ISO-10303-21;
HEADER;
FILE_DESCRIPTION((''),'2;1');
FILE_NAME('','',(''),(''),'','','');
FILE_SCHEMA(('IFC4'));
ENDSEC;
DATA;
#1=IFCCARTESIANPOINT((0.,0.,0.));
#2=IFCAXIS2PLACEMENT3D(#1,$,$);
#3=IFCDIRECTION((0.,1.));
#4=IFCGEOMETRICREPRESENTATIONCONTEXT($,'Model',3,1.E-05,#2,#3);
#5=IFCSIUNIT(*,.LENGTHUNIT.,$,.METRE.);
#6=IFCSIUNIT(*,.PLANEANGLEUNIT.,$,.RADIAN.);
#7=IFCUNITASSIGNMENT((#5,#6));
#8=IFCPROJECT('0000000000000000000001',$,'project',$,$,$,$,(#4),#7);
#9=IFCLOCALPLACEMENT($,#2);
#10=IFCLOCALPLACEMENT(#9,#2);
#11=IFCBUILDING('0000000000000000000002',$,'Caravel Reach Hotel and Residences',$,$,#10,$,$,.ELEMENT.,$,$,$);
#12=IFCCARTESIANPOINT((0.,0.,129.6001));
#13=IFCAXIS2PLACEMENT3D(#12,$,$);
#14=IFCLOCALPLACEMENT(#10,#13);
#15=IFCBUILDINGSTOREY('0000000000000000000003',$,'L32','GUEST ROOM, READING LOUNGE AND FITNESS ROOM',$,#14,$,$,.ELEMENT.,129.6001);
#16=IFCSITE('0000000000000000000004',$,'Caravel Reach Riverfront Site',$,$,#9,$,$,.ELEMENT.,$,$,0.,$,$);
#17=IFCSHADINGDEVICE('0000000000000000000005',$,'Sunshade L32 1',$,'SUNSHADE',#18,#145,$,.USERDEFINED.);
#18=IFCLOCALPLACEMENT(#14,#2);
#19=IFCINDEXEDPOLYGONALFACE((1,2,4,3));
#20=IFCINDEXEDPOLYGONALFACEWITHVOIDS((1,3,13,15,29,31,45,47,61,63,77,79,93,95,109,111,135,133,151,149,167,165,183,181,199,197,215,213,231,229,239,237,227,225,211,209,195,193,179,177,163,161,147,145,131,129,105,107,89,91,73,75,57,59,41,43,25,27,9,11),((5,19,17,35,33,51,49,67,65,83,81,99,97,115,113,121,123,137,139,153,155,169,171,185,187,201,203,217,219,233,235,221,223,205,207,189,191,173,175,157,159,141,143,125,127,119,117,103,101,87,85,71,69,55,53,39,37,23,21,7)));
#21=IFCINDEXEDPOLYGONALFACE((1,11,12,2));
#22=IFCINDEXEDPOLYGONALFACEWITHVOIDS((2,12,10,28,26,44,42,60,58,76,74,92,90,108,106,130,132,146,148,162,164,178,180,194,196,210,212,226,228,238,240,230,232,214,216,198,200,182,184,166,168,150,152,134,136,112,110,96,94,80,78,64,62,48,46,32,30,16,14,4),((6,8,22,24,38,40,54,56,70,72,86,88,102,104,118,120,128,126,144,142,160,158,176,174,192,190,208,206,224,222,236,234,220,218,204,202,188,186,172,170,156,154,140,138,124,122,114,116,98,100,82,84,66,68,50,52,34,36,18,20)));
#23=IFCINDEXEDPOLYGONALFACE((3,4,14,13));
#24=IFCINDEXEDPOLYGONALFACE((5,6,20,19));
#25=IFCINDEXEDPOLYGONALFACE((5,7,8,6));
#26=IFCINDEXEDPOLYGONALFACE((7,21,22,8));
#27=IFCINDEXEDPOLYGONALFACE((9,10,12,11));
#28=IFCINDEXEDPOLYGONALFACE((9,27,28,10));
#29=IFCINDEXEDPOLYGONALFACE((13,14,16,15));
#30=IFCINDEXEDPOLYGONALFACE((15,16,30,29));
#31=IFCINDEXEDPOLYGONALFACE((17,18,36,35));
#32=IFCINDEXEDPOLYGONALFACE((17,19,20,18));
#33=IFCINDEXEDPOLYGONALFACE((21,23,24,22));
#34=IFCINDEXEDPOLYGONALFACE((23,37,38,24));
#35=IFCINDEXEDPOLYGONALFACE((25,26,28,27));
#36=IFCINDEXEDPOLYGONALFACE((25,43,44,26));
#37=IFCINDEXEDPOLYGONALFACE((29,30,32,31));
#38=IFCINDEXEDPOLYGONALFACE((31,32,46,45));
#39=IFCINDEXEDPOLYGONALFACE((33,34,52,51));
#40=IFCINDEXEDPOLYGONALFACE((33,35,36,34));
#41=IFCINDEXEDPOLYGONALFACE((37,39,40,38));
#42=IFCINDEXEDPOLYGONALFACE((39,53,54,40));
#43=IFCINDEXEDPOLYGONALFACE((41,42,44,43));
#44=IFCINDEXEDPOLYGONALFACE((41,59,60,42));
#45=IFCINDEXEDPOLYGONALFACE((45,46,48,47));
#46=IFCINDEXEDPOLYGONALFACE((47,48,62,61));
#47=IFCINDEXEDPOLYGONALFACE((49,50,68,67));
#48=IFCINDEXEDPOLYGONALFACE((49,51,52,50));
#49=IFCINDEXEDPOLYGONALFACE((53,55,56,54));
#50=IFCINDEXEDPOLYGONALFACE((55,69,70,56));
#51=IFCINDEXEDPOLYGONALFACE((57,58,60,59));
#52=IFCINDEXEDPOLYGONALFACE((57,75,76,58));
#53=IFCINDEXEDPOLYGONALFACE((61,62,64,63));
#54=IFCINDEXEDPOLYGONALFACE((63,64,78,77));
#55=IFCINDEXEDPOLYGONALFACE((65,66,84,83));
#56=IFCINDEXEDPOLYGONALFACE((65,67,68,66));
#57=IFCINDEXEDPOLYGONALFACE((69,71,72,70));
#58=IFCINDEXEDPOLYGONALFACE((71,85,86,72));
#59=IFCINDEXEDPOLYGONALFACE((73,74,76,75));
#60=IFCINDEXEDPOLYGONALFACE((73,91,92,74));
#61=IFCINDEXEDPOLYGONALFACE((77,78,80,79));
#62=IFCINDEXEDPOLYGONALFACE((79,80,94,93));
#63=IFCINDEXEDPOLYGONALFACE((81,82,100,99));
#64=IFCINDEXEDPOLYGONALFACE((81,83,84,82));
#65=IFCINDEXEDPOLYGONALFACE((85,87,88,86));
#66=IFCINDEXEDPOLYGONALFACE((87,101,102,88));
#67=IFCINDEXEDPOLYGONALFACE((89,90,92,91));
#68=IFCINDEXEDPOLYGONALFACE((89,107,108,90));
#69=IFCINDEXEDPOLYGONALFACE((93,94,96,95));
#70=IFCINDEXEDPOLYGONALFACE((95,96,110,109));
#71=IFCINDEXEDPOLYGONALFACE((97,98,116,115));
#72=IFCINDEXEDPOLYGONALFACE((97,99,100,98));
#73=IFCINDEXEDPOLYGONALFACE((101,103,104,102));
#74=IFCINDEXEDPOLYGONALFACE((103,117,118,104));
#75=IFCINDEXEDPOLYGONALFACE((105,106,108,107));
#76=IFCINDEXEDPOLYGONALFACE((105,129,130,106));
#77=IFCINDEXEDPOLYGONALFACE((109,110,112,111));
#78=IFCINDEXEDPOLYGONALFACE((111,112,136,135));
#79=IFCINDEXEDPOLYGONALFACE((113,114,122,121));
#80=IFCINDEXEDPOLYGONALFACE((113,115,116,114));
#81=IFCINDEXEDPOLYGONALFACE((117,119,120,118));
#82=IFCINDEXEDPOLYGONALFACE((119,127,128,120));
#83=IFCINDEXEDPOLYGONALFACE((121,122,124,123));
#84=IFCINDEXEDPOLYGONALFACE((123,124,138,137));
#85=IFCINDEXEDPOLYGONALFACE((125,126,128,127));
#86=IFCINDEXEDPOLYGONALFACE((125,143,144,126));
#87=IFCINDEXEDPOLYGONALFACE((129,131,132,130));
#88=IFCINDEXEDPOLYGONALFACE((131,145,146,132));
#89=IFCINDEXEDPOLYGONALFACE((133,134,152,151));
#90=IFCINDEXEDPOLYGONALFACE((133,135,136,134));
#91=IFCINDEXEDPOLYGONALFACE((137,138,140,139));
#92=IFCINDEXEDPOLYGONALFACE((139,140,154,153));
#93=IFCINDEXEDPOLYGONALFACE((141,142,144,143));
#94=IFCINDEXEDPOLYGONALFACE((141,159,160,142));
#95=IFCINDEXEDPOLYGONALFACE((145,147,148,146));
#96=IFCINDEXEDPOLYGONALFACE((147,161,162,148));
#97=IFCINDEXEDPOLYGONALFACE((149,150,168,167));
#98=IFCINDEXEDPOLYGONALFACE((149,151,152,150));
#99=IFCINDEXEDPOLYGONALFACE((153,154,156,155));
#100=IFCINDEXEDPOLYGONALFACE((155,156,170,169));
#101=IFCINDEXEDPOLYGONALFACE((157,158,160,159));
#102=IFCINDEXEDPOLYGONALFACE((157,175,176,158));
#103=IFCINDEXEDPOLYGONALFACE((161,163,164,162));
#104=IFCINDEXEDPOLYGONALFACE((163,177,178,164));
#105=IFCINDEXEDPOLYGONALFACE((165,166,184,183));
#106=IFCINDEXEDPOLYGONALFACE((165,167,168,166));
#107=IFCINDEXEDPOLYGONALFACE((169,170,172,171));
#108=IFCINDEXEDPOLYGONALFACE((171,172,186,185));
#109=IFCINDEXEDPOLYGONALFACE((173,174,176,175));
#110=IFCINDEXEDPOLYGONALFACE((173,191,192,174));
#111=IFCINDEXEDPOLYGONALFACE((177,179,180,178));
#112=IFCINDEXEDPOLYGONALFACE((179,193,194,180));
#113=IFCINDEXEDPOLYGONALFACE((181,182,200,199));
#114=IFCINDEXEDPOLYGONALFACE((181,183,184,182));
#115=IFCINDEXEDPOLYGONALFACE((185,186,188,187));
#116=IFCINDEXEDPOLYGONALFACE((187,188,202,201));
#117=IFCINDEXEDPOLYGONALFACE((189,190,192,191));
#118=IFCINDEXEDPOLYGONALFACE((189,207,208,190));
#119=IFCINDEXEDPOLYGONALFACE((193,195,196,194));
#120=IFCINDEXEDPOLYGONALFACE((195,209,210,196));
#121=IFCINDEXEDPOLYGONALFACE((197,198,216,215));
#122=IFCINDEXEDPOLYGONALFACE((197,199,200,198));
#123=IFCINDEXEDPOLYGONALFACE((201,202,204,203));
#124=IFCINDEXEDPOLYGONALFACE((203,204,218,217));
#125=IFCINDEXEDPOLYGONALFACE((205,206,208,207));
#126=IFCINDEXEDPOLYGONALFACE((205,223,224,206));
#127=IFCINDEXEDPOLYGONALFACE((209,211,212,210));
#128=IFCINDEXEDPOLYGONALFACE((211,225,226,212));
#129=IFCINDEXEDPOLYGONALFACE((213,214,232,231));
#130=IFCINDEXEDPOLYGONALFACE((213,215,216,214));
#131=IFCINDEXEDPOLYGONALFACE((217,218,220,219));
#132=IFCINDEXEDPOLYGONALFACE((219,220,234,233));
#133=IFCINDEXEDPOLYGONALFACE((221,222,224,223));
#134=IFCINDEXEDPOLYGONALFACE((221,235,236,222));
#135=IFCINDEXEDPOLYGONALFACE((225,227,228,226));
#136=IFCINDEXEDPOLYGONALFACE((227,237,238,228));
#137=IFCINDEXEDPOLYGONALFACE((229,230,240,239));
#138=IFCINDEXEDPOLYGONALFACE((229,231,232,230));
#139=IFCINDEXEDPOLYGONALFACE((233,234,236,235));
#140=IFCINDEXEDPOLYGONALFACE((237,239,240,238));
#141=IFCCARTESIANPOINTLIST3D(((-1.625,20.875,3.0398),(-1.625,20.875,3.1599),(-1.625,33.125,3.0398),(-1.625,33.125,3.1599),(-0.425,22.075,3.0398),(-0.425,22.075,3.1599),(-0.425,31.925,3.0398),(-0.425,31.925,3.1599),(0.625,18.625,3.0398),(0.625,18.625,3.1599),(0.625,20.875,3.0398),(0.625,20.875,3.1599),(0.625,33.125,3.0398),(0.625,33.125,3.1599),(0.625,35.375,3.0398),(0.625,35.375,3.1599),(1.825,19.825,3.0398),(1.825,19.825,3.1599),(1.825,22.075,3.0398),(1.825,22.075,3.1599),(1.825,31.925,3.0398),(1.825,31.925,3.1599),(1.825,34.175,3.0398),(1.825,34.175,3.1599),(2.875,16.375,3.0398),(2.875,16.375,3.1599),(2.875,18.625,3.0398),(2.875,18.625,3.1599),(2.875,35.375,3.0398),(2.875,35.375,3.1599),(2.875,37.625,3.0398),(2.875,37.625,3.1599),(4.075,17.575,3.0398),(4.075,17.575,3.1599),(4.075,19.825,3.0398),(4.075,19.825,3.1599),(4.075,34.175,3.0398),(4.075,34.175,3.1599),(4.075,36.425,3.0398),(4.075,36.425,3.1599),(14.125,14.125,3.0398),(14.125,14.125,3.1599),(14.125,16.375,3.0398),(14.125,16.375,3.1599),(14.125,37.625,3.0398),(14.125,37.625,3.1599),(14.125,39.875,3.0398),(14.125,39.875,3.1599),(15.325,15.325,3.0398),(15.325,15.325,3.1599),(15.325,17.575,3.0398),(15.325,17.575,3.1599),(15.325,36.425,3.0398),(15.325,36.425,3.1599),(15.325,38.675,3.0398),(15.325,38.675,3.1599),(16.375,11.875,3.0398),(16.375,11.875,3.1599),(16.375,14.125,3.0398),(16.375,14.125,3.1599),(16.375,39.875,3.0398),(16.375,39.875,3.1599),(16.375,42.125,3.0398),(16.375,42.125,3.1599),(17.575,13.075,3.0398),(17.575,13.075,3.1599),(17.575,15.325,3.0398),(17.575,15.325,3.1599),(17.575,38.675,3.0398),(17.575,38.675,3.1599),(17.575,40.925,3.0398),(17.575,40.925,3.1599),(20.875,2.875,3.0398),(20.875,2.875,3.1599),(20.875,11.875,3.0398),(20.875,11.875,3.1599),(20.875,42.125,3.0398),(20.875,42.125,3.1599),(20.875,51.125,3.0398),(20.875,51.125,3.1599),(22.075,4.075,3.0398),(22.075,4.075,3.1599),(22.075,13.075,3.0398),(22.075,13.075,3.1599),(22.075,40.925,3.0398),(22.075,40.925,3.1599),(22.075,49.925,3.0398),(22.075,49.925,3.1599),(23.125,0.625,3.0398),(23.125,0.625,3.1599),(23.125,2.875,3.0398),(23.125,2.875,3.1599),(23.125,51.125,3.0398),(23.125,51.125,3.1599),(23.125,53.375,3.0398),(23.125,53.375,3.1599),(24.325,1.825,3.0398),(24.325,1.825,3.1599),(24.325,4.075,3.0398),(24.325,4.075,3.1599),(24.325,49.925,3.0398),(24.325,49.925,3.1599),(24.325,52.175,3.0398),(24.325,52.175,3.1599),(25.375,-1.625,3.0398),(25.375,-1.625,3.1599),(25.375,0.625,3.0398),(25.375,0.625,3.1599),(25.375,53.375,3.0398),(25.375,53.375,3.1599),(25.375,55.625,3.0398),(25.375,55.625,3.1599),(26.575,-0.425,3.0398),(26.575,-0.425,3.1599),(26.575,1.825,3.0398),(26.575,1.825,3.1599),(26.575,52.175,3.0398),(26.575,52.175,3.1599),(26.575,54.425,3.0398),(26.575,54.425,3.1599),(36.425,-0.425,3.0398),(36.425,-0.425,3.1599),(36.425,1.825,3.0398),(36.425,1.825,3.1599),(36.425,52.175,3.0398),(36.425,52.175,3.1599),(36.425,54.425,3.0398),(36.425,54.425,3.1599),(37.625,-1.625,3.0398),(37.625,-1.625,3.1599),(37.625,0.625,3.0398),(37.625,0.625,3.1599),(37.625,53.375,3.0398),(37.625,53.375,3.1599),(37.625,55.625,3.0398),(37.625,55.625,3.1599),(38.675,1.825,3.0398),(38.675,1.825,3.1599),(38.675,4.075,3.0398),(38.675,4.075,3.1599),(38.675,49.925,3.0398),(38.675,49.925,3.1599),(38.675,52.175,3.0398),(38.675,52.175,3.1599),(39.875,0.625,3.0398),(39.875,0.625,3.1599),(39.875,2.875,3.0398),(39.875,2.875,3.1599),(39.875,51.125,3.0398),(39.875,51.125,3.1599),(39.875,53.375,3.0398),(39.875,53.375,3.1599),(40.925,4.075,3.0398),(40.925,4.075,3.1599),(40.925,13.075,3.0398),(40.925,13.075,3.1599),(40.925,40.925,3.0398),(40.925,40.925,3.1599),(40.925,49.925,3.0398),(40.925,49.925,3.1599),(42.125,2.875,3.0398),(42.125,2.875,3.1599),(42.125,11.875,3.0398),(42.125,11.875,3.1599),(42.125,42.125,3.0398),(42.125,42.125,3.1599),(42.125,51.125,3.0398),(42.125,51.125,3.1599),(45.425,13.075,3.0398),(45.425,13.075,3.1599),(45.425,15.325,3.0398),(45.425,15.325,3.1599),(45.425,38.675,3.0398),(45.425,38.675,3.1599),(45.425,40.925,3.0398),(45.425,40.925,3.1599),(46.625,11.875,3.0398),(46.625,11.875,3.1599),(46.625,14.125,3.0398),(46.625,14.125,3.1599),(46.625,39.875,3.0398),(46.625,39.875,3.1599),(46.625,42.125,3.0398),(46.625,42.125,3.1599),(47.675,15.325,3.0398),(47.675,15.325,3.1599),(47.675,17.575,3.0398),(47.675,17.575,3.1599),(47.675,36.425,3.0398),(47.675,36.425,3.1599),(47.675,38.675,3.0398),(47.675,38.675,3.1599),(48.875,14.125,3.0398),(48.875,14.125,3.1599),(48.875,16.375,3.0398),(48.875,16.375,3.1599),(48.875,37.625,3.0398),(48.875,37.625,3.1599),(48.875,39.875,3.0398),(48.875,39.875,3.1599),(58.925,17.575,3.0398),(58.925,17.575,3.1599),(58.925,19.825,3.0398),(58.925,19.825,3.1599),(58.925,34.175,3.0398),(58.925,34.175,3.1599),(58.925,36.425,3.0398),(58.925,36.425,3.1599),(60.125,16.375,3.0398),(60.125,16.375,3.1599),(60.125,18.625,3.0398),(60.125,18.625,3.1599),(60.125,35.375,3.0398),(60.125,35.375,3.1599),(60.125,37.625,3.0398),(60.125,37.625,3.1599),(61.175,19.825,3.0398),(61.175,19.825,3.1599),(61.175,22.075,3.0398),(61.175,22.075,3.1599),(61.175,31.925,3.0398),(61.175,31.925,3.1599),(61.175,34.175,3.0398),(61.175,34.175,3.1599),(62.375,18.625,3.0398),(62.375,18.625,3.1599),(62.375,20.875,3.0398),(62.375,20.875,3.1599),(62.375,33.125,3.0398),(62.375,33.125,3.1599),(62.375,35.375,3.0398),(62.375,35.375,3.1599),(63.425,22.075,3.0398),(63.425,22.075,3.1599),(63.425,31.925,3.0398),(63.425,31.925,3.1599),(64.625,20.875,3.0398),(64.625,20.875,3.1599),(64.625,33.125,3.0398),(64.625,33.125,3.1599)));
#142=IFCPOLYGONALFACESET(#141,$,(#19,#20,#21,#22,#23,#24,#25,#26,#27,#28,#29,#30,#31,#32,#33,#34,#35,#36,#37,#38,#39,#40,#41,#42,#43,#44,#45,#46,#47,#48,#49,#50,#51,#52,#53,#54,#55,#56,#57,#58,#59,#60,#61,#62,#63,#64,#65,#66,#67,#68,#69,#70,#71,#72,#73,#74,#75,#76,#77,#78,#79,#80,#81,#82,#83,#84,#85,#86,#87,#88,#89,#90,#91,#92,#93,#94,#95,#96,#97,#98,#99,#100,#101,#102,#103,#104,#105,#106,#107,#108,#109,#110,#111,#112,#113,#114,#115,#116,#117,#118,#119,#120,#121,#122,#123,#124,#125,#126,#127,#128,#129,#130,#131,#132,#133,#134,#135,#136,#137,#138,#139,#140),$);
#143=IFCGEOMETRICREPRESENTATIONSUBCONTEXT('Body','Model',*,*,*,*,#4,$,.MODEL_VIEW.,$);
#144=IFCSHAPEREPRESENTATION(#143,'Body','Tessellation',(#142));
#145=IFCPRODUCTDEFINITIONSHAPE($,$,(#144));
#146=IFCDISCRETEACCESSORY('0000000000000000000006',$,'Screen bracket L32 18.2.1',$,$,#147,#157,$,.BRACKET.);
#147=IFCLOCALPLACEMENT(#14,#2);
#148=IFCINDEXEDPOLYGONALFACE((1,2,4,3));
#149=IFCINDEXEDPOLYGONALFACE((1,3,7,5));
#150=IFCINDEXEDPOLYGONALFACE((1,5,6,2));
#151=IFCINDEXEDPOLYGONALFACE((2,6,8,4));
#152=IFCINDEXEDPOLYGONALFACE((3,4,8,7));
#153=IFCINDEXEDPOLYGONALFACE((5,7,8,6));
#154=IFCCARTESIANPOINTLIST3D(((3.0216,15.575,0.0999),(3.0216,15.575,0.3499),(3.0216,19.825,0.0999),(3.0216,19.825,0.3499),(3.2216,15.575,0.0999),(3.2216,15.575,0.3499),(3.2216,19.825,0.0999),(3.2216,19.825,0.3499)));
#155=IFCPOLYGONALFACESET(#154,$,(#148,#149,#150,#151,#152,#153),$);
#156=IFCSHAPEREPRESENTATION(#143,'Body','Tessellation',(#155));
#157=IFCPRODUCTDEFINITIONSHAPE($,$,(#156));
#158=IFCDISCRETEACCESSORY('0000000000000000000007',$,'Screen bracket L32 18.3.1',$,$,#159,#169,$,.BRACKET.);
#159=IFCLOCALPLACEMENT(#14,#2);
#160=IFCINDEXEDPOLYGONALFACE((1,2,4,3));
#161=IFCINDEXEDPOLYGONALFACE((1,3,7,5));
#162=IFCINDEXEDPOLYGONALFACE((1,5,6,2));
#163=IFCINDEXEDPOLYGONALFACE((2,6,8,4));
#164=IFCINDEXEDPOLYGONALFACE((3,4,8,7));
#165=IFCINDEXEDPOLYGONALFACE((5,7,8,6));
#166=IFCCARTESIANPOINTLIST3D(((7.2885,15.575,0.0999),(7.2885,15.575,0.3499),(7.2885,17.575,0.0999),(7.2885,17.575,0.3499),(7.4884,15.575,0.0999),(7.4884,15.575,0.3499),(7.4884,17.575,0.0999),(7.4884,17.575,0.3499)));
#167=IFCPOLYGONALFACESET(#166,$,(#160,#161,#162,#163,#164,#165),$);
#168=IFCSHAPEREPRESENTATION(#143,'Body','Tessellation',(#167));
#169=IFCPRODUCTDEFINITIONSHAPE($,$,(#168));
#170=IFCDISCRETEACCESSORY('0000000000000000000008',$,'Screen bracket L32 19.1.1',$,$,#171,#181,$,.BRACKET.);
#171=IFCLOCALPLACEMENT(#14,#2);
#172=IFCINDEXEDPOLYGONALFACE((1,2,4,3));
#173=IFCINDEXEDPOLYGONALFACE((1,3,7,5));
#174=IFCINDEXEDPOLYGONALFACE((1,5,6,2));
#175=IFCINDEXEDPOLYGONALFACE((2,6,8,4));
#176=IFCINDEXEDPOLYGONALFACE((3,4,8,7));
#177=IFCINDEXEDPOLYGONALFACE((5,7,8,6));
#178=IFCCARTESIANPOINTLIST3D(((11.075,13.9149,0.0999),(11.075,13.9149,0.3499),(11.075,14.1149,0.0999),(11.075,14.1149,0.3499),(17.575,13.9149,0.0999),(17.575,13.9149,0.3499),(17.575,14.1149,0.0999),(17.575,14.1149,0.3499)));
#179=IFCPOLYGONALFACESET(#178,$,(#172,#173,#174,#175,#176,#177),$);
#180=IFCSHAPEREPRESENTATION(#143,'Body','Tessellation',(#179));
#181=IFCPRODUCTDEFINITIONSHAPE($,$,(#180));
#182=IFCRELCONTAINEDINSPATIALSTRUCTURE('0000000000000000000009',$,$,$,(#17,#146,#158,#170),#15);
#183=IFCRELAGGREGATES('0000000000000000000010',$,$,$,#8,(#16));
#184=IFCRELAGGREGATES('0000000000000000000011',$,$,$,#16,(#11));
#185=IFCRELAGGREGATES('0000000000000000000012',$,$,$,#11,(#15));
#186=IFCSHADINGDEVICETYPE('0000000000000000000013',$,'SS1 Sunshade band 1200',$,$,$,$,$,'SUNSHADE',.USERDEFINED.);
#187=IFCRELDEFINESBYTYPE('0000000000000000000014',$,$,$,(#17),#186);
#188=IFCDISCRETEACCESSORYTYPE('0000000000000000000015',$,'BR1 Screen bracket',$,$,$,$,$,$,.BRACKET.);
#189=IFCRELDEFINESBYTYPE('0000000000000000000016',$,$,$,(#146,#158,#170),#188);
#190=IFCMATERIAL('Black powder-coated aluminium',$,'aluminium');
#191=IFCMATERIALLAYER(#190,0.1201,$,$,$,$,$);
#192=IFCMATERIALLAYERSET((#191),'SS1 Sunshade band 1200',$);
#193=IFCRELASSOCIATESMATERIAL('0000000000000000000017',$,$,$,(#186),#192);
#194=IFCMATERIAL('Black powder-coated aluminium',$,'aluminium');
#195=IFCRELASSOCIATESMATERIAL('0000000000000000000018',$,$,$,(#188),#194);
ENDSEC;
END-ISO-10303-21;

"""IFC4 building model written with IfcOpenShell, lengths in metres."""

from ifc_helpers import new_model, si_unit, direction, frame, origin, origin_2d, place, context, subcontext, project, spatial, polyline, rectangle, outline, extrude, material, layer, layer_set, type_object, element, save


model = new_model("IFC4")

# Units and contexts
model_context = context("Model", 3, precision=1e-05, world=origin(), true_north=direction((0.0, 1.0)))
body_context = subcontext(model_context, "Body", "Model", "MODEL_VIEW")
ifc_project = project(units=[si_unit("LENGTHUNIT", "METRE"), si_unit("PLANEANGLEUNIT", "RADIAN")], contexts=[model_context])

# Site, building, storey
site_placement = place(None, origin())
site = spatial("IfcSite", under=ifc_project, at=site_placement, Name="Caravel Reach Riverfront Site", CompositionType="ELEMENT", RefElevation=0.0)
building_placement = place(site_placement, origin())
building = spatial("IfcBuilding", under=site, at=building_placement, Name="Caravel Reach Hotel and Residences", CompositionType="ELEMENT")
storey_placement = place(building_placement, frame((0.0, 0.0, 129.6001)))
storey = spatial("IfcBuildingStorey", under=building, at=storey_placement, Name="L32", Description="GUEST ROOM, READING LOUNGE AND FITNESS ROOM", CompositionType="ELEMENT", Elevation=129.6001)

# Shading device
ifc_material_1 = material(Name="Black powder-coated aluminium", Category="aluminium")
ifc_layer_1 = layer(ifc_material_1, 0.1201)
ifc_layer_set_1 = layer_set([ifc_layer_1], Name="SS1 Sunshade band 1200")
shading_device_type_1 = type_object("IfcShadingDeviceType", Name="SS1 Sunshade band 1200", ElementType="SUNSHADE", PredefinedType="USERDEFINED", material=ifc_layer_set_1)
shading_device_1_placement = place(storey_placement, frame((0.0, 0.0, 3.0398)))
element("IfcShadingDevice", 1, at=shading_device_1_placement, inside=storey, type_object=shading_device_type_1, Name="Sunshade L32 1", ObjectType="SUNSHADE", PredefinedType="USERDEFINED", context=body_context, shape_type="SweptSolid", body=[
    extrude(outline(polyline([(20.875, 11.875), (20.875, 2.875), (23.125, 2.875), (23.125, 0.625), (25.375, 0.625), (25.375, -1.625), (37.625, -1.625), (37.625, 0.625), (39.875, 0.625), (39.875, 2.875), (42.125, 2.875), (42.125, 11.875), (46.625, 11.875), (46.625, 14.125), (48.875, 14.125), (48.875, 16.375), (60.125, 16.375), (60.125, 18.625), (62.375, 18.625), (62.375, 20.875), (64.625, 20.875), (64.625, 33.125), (62.375, 33.125), (62.375, 35.375), (60.125, 35.375), (60.125, 37.625), (48.875, 37.625), (48.875, 39.875), (46.625, 39.875), (46.625, 42.125), (42.125, 42.125), (42.125, 51.125), (39.875, 51.125), (39.875, 53.375), (37.625, 53.375), (37.625, 55.625), (25.375, 55.625), (25.375, 53.375), (23.125, 53.375), (23.125, 51.125), (20.875, 51.125), (20.875, 42.125), (16.375, 42.125), (16.375, 39.875), (14.125, 39.875), (14.125, 37.625), (2.875, 37.625), (2.875, 35.375), (0.625, 35.375), (0.625, 33.125), (-1.625, 33.125), (-1.625, 20.875), (0.625, 20.875), (0.625, 18.625), (2.875, 18.625), (2.875, 16.375), (14.125, 16.375), (14.125, 14.125), (16.375, 14.125), (16.375, 11.875), (20.875, 11.875)]), holes=[polyline([(24.325, 4.075), (22.075, 4.075), (22.075, 13.075), (17.575, 13.075), (17.575, 15.325), (15.325, 15.325), (15.325, 17.575), (4.075, 17.575), (4.075, 19.825), (1.825, 19.825), (1.825, 22.075), (-0.425, 22.075), (-0.425, 31.925), (1.825, 31.925), (1.825, 34.175), (4.075, 34.175), (4.075, 36.425), (15.325, 36.425), (15.325, 38.675), (17.575, 38.675), (17.575, 40.925), (22.075, 40.925), (22.075, 49.925), (24.325, 49.925), (24.325, 52.175), (26.575, 52.175), (26.575, 54.425), (36.425, 54.425), (36.425, 52.175), (38.675, 52.175), (38.675, 49.925), (40.925, 49.925), (40.925, 40.925), (45.425, 40.925), (45.425, 38.675), (47.675, 38.675), (47.675, 36.425), (58.925, 36.425), (58.925, 34.175), (61.175, 34.175), (61.175, 31.925), (63.425, 31.925), (63.425, 22.075), (61.175, 22.075), (61.175, 19.825), (58.925, 19.825), (58.925, 17.575), (47.675, 17.575), (47.675, 15.325), (45.425, 15.325), (45.425, 13.075), (40.925, 13.075), (40.925, 4.075), (38.675, 4.075), (38.675, 1.825), (36.425, 1.825), (36.425, -0.425), (26.575, -0.425), (26.575, 1.825), (24.325, 1.825), (24.325, 4.075)])]), origin(), (0.0, 0.0, 1.0), 0.1201),
])

# Discrete accessories
ifc_material_2 = material(Name="Black powder-coated aluminium", Category="aluminium")
discrete_accessory_type = type_object("IfcDiscreteAccessoryType", Name="BR1 Screen bracket", PredefinedType="BRACKET", material=ifc_material_2)
discrete_accessory_1_placement = place(storey_placement, frame((3.1216, 17.7, 0.0999), z_axis=(0.0, 0.0, 1.0), x_axis=(0.0, -1.0, 0.0)))
element("IfcDiscreteAccessory", 2, at=discrete_accessory_1_placement, inside=storey, type_object=discrete_accessory_type, Name="Screen bracket L32 18.2.1", PredefinedType="BRACKET", context=body_context, shape_type="SweptSolid", body=[
    extrude(rectangle(XDim=4.25, YDim=0.2, at=origin_2d()), origin(), (0.0, 0.0, 1.0), 0.25),
])
discrete_accessory_2_placement = place(storey_placement, frame((7.3884, 16.575, 0.0999), z_axis=(0.0, 0.0, 1.0), x_axis=(0.0, -1.0, 0.0)))
element("IfcDiscreteAccessory", 3, at=discrete_accessory_2_placement, inside=storey, type_object=discrete_accessory_type, Name="Screen bracket L32 18.3.1", PredefinedType="BRACKET", context=body_context, shape_type="SweptSolid", body=[
    extrude(rectangle(XDim=2.0, YDim=0.2, at=origin_2d()), origin(), (0.0, 0.0, 1.0), 0.25),
])
for number, where, z_axis, x_axis, name in (
    (4, (14.325, 14.0149, 0.0999), (0.0, 0.0, 1.0), (-1.0, 0.0, 0.0), "Screen bracket L32 19.1.1"),
):
    element("IfcDiscreteAccessory", number, at=place(storey_placement, frame(where, z_axis=z_axis, x_axis=x_axis)), inside=storey, type_object=discrete_accessory_type, Name=name, PredefinedType="BRACKET", context=body_context, shape_type="SweptSolid", body=[
        extrude(rectangle(XDim=6.5, YDim=0.2, at=origin_2d()), origin(), (0.0, 0.0, 1.0), 0.25),
    ])

save(model, "model.ifc")
